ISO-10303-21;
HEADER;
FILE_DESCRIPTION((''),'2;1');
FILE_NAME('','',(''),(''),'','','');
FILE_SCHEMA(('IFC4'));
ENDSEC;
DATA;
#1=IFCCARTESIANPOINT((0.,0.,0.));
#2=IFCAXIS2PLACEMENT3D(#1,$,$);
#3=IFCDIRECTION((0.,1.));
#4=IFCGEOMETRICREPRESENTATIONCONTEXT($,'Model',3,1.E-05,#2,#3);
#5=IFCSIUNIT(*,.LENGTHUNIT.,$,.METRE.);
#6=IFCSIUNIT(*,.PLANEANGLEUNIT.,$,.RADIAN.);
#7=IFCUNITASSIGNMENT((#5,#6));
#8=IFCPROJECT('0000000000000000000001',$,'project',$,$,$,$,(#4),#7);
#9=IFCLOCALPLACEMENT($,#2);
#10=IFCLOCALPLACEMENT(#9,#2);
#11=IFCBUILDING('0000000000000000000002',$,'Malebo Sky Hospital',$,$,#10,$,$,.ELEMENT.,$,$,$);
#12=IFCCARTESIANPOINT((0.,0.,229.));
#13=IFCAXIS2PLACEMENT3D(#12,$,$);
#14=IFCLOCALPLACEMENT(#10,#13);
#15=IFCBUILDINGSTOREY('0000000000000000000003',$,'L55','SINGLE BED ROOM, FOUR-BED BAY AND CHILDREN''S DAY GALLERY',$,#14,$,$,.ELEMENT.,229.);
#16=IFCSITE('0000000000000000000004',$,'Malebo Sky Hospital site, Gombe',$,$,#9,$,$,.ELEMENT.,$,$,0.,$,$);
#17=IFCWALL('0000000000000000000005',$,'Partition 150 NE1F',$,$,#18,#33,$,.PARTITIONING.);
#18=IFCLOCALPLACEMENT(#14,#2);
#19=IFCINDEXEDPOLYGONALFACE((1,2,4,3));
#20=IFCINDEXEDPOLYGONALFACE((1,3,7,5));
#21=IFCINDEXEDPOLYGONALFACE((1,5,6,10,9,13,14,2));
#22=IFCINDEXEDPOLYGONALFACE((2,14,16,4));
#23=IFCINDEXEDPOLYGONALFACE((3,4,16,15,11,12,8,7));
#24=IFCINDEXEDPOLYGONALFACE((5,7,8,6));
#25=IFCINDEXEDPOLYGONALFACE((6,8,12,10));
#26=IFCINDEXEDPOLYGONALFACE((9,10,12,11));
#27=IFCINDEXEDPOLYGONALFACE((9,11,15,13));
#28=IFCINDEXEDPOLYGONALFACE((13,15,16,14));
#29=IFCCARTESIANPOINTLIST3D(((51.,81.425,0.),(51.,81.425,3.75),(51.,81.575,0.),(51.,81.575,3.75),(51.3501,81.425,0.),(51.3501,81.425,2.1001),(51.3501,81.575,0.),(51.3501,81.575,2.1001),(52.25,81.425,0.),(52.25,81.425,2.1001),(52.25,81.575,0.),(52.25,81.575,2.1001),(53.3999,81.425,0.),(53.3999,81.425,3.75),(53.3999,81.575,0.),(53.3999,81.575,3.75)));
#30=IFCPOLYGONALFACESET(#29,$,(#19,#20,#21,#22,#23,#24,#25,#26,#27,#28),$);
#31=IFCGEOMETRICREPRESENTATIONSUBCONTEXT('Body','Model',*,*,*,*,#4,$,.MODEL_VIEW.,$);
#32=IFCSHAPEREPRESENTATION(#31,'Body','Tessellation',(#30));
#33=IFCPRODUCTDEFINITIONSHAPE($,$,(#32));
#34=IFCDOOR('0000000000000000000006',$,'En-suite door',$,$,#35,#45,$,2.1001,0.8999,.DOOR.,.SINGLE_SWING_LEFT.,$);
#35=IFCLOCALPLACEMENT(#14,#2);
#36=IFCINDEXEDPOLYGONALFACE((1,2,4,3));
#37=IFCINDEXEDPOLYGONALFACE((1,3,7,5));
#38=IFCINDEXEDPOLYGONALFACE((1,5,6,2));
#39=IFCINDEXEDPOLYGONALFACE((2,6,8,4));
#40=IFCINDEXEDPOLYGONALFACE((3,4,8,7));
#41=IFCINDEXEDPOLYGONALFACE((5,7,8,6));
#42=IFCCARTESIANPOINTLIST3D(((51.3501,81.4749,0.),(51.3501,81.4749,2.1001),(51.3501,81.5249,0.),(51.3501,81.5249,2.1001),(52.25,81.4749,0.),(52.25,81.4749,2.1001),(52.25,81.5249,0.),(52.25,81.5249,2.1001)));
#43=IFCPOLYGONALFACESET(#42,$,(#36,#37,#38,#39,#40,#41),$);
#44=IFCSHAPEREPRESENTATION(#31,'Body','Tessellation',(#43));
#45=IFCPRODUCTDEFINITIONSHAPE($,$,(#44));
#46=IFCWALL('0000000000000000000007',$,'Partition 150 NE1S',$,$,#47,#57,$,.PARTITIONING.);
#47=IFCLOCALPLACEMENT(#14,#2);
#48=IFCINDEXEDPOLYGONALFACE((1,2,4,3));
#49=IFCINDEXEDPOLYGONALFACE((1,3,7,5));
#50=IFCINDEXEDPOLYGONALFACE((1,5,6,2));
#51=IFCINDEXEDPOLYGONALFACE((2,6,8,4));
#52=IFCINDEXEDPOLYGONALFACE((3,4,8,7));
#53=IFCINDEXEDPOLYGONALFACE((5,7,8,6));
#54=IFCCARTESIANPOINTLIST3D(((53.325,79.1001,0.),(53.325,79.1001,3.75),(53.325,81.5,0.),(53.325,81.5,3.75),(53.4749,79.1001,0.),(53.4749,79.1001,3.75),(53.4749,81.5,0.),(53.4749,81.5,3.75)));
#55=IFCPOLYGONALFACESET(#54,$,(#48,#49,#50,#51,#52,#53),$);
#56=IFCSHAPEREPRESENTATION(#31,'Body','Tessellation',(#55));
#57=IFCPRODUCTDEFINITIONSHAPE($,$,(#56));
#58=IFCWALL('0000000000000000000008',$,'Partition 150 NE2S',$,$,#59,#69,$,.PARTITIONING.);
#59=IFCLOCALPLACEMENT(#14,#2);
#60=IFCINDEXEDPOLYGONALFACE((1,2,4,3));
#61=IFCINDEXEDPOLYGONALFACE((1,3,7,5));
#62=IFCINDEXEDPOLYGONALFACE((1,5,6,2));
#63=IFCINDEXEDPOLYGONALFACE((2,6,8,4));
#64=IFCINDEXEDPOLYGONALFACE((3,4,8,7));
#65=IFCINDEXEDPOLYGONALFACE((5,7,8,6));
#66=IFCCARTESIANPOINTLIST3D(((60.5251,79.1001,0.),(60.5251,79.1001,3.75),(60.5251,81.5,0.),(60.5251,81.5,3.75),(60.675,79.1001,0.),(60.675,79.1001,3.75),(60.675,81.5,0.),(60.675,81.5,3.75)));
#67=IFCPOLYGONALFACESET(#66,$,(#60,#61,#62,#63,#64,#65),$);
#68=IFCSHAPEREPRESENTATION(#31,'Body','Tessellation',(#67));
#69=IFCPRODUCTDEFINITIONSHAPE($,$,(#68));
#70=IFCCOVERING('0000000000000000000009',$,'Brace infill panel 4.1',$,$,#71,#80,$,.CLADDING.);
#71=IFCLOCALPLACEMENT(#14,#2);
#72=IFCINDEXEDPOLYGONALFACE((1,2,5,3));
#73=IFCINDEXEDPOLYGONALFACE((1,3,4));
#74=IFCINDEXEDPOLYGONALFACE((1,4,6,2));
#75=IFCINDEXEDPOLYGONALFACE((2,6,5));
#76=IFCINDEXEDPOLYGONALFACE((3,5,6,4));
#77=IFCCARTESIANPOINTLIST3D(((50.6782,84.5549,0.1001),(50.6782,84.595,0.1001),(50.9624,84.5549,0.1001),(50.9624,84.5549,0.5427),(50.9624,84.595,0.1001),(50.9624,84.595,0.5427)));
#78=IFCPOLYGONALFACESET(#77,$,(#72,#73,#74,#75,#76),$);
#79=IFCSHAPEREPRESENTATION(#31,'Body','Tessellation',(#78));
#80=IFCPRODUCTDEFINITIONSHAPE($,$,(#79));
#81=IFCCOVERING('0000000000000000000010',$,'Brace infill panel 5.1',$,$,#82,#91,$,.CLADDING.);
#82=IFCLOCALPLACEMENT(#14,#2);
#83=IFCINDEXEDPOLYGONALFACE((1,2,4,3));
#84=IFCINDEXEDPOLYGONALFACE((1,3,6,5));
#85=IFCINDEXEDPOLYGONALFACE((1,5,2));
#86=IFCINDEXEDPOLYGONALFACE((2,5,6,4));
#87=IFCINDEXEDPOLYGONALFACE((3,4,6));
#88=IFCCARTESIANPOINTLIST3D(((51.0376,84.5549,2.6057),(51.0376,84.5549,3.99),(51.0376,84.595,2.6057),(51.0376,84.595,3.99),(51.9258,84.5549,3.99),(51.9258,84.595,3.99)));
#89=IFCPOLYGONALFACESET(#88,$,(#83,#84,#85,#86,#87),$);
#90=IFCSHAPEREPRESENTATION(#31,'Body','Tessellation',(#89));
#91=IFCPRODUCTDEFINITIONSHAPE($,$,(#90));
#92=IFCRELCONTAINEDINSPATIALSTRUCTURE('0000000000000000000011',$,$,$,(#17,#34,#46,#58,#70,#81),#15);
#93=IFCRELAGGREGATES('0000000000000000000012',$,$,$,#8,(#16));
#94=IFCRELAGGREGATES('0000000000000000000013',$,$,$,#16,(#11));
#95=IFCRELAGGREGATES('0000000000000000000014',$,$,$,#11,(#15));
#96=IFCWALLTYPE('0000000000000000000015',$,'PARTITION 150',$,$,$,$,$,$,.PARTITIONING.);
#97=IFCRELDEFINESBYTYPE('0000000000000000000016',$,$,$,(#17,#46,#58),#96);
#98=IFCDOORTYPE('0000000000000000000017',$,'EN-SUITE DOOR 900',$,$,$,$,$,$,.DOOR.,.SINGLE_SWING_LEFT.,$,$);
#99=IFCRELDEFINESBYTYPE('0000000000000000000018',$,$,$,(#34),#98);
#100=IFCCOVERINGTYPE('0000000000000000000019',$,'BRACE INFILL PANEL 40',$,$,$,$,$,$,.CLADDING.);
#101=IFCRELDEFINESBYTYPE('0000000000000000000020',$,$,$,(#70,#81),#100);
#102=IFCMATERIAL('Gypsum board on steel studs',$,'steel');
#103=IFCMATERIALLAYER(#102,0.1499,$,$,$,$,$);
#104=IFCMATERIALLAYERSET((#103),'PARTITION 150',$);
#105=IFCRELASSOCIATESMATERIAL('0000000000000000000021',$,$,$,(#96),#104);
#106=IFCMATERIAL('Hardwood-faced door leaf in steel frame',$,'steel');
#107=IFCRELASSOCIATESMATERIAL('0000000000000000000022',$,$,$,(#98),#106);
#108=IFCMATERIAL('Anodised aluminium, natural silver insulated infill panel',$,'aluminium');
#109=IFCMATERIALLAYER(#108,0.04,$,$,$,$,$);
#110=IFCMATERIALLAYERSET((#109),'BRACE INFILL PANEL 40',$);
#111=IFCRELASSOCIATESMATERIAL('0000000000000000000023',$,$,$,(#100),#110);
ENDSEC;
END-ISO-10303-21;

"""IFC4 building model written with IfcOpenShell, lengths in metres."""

from ifc_helpers import new_model, si_unit, direction, frame, frame_2d, origin, place, context, subcontext, project, spatial, polyline, rectangle, outline, extrude, material, layer, layer_set, type_object, element, fill, save


model = new_model("IFC4")

# Units and contexts
model_context = context("Model", 3, precision=1e-05, world=origin(), true_north=direction((0.0, 1.0)))
body_context = subcontext(model_context, "Body", "Model", "MODEL_VIEW")
ifc_project = project(units=[si_unit("LENGTHUNIT", "METRE"), si_unit("PLANEANGLEUNIT", "RADIAN")], contexts=[model_context])

# Site, building, storey
site_placement = place(None, origin())
site = spatial("IfcSite", under=ifc_project, at=site_placement, Name="Malebo Sky Hospital site, Gombe", CompositionType="ELEMENT", RefElevation=0.0)
building_placement = place(site_placement, origin())
building = spatial("IfcBuilding", under=site, at=building_placement, Name="Malebo Sky Hospital", CompositionType="ELEMENT")
storey_placement = place(building_placement, frame((0.0, 0.0, 229.0)))
storey = spatial("IfcBuildingStorey", under=building, at=storey_placement, Name="L55", Description="SINGLE BED ROOM, FOUR-BED BAY AND CHILDREN'S DAY GALLERY", CompositionType="ELEMENT", Elevation=229.0)

# Shared definitions
ifc_material_1 = material(Name="Gypsum board on steel studs", Category="steel")
ifc_layer_1 = layer(ifc_material_1, 0.1499)
ifc_layer_set_1 = layer_set([ifc_layer_1], Name="PARTITION 150")
wall_type_1 = type_object("IfcWallType", Name="PARTITION 150", PredefinedType="PARTITIONING", material=ifc_layer_set_1)

# Wall, opening, door
wall_1_placement = place(storey_placement, frame((51.0, 81.5, 0.0), z_axis=(0.0, 0.0, 1.0), x_axis=(1.0, 0.0, 0.0)))
wall_1 = element("IfcWall", 1, at=wall_1_placement, inside=storey, type_object=wall_type_1, Name="Partition 150 NE1F", PredefinedType="PARTITIONING", context=body_context, shape_type="SweptSolid", body=[
    extrude(rectangle(XDim=2.3999, YDim=0.1499, at=frame_2d((1.2, 0.0))), origin(), (0.0, 0.0, 1.0), 3.75),
])
opening_placement = place(wall_1_placement, frame((0.3501, 0.0, 0.0)))
opening = element("IfcOpeningElement", 2, at=opening_placement, cuts=wall_1, PredefinedType="OPENING", context=body_context, shape_type="SweptSolid", body=[
    extrude(rectangle(XDim=0.8999, YDim=2.1001, at=frame_2d((0.45, 1.05))), frame((0.0, 0.085, 0.0), z_axis=(0.0, -1.0, 0.0), x_axis=(1.0, 0.0, 0.0)), (0.0, 0.0, 1.0), 0.1699),
])
ifc_material_2 = material(Name="Hardwood-faced door leaf in steel frame", Category="steel")
door_type = type_object("IfcDoorType", Name="EN-SUITE DOOR 900", OperationType="SINGLE_SWING_LEFT", PredefinedType="DOOR", material=ifc_material_2)
door_placement = place(opening_placement, origin())
door = element("IfcDoor", 3, at=door_placement, inside=storey, type_object=door_type, Name="En-suite door", OperationType="SINGLE_SWING_LEFT", OverallHeight=2.1001, OverallWidth=0.8999, PredefinedType="DOOR", context=body_context, shape_type="SweptSolid", body=[
    extrude(rectangle(XDim=0.8999, YDim=2.1001, at=frame_2d((0.45, 1.05))), frame((0.0, 0.0249, 0.0), z_axis=(0.0, -1.0, 0.0), x_axis=(1.0, 0.0, 0.0)), (0.0, 0.0, 1.0), 0.05),
])
fill(opening, door)

# Walls
for number, where, z_axis, x_axis, name in (
    (4, (53.3999, 79.1001, 0.0), (0.0, 0.0, 1.0), (0.0, 1.0, 0.0), "Partition 150 NE1S"),
    (5, (60.6001, 79.1001, 0.0), (0.0, 0.0, 1.0), (0.0, 1.0, 0.0), "Partition 150 NE2S"),
):
    element("IfcWall", number, at=place(storey_placement, frame(where, z_axis=z_axis, x_axis=x_axis)), inside=storey, type_object=wall_type_1, Name=name, PredefinedType="PARTITIONING", context=body_context, shape_type="SweptSolid", body=[
        extrude(rectangle(XDim=2.3999, YDim=0.1499, at=frame_2d((1.2, 0.0))), origin(), (0.0, 0.0, 1.0), 3.75),
    ])

# Coverings
ifc_material_3 = material(Name="Anodised aluminium, natural silver insulated infill panel", Category="aluminium")
ifc_layer_2 = layer(ifc_material_3, 0.04)
ifc_layer_set_2 = layer_set([ifc_layer_2], Name="BRACE INFILL PANEL 40")
covering_type = type_object("IfcCoveringType", Name="BRACE INFILL PANEL 40", PredefinedType="CLADDING", material=ifc_layer_set_2)
covering_1_placement = place(storey_placement, frame((50.8203, 84.575, 0.1001), z_axis=(0.0, 0.0, 1.0), x_axis=(1.0, 0.0, 0.0)))
element("IfcCovering", 6, at=covering_1_placement, inside=storey, type_object=covering_type, Name="Brace infill panel 4.1", PredefinedType="CLADDING", context=body_context, shape_type="SweptSolid", body=[
    extrude(outline(polyline([(-0.1421, 0.0), (0.1421, 0.0), (0.1421, 0.4426), (-0.1421, 0.0)])), frame((0.0, 0.02, 0.0), z_axis=(0.0, -1.0, 0.0), x_axis=(1.0, 0.0, 0.0)), (0.0, 0.0, 1.0), 0.04),
])
covering_2_placement = place(storey_placement, frame((51.4817, 84.575, 2.6057), z_axis=(0.0, 0.0, 1.0), x_axis=(1.0, 0.0, 0.0)))
element("IfcCovering", 7, at=covering_2_placement, inside=storey, type_object=covering_type, Name="Brace infill panel 5.1", PredefinedType="CLADDING", context=body_context, shape_type="SweptSolid", body=[
    extrude(outline(polyline([(-0.4441, 0.0), (0.4441, 1.3843), (-0.4441, 1.3843), (-0.4441, 0.0)])), frame((0.0, 0.02, 0.0), z_axis=(0.0, -1.0, 0.0), x_axis=(1.0, 0.0, 0.0)), (0.0, 0.0, 1.0), 0.04),
])

save(model, "model.ifc")
